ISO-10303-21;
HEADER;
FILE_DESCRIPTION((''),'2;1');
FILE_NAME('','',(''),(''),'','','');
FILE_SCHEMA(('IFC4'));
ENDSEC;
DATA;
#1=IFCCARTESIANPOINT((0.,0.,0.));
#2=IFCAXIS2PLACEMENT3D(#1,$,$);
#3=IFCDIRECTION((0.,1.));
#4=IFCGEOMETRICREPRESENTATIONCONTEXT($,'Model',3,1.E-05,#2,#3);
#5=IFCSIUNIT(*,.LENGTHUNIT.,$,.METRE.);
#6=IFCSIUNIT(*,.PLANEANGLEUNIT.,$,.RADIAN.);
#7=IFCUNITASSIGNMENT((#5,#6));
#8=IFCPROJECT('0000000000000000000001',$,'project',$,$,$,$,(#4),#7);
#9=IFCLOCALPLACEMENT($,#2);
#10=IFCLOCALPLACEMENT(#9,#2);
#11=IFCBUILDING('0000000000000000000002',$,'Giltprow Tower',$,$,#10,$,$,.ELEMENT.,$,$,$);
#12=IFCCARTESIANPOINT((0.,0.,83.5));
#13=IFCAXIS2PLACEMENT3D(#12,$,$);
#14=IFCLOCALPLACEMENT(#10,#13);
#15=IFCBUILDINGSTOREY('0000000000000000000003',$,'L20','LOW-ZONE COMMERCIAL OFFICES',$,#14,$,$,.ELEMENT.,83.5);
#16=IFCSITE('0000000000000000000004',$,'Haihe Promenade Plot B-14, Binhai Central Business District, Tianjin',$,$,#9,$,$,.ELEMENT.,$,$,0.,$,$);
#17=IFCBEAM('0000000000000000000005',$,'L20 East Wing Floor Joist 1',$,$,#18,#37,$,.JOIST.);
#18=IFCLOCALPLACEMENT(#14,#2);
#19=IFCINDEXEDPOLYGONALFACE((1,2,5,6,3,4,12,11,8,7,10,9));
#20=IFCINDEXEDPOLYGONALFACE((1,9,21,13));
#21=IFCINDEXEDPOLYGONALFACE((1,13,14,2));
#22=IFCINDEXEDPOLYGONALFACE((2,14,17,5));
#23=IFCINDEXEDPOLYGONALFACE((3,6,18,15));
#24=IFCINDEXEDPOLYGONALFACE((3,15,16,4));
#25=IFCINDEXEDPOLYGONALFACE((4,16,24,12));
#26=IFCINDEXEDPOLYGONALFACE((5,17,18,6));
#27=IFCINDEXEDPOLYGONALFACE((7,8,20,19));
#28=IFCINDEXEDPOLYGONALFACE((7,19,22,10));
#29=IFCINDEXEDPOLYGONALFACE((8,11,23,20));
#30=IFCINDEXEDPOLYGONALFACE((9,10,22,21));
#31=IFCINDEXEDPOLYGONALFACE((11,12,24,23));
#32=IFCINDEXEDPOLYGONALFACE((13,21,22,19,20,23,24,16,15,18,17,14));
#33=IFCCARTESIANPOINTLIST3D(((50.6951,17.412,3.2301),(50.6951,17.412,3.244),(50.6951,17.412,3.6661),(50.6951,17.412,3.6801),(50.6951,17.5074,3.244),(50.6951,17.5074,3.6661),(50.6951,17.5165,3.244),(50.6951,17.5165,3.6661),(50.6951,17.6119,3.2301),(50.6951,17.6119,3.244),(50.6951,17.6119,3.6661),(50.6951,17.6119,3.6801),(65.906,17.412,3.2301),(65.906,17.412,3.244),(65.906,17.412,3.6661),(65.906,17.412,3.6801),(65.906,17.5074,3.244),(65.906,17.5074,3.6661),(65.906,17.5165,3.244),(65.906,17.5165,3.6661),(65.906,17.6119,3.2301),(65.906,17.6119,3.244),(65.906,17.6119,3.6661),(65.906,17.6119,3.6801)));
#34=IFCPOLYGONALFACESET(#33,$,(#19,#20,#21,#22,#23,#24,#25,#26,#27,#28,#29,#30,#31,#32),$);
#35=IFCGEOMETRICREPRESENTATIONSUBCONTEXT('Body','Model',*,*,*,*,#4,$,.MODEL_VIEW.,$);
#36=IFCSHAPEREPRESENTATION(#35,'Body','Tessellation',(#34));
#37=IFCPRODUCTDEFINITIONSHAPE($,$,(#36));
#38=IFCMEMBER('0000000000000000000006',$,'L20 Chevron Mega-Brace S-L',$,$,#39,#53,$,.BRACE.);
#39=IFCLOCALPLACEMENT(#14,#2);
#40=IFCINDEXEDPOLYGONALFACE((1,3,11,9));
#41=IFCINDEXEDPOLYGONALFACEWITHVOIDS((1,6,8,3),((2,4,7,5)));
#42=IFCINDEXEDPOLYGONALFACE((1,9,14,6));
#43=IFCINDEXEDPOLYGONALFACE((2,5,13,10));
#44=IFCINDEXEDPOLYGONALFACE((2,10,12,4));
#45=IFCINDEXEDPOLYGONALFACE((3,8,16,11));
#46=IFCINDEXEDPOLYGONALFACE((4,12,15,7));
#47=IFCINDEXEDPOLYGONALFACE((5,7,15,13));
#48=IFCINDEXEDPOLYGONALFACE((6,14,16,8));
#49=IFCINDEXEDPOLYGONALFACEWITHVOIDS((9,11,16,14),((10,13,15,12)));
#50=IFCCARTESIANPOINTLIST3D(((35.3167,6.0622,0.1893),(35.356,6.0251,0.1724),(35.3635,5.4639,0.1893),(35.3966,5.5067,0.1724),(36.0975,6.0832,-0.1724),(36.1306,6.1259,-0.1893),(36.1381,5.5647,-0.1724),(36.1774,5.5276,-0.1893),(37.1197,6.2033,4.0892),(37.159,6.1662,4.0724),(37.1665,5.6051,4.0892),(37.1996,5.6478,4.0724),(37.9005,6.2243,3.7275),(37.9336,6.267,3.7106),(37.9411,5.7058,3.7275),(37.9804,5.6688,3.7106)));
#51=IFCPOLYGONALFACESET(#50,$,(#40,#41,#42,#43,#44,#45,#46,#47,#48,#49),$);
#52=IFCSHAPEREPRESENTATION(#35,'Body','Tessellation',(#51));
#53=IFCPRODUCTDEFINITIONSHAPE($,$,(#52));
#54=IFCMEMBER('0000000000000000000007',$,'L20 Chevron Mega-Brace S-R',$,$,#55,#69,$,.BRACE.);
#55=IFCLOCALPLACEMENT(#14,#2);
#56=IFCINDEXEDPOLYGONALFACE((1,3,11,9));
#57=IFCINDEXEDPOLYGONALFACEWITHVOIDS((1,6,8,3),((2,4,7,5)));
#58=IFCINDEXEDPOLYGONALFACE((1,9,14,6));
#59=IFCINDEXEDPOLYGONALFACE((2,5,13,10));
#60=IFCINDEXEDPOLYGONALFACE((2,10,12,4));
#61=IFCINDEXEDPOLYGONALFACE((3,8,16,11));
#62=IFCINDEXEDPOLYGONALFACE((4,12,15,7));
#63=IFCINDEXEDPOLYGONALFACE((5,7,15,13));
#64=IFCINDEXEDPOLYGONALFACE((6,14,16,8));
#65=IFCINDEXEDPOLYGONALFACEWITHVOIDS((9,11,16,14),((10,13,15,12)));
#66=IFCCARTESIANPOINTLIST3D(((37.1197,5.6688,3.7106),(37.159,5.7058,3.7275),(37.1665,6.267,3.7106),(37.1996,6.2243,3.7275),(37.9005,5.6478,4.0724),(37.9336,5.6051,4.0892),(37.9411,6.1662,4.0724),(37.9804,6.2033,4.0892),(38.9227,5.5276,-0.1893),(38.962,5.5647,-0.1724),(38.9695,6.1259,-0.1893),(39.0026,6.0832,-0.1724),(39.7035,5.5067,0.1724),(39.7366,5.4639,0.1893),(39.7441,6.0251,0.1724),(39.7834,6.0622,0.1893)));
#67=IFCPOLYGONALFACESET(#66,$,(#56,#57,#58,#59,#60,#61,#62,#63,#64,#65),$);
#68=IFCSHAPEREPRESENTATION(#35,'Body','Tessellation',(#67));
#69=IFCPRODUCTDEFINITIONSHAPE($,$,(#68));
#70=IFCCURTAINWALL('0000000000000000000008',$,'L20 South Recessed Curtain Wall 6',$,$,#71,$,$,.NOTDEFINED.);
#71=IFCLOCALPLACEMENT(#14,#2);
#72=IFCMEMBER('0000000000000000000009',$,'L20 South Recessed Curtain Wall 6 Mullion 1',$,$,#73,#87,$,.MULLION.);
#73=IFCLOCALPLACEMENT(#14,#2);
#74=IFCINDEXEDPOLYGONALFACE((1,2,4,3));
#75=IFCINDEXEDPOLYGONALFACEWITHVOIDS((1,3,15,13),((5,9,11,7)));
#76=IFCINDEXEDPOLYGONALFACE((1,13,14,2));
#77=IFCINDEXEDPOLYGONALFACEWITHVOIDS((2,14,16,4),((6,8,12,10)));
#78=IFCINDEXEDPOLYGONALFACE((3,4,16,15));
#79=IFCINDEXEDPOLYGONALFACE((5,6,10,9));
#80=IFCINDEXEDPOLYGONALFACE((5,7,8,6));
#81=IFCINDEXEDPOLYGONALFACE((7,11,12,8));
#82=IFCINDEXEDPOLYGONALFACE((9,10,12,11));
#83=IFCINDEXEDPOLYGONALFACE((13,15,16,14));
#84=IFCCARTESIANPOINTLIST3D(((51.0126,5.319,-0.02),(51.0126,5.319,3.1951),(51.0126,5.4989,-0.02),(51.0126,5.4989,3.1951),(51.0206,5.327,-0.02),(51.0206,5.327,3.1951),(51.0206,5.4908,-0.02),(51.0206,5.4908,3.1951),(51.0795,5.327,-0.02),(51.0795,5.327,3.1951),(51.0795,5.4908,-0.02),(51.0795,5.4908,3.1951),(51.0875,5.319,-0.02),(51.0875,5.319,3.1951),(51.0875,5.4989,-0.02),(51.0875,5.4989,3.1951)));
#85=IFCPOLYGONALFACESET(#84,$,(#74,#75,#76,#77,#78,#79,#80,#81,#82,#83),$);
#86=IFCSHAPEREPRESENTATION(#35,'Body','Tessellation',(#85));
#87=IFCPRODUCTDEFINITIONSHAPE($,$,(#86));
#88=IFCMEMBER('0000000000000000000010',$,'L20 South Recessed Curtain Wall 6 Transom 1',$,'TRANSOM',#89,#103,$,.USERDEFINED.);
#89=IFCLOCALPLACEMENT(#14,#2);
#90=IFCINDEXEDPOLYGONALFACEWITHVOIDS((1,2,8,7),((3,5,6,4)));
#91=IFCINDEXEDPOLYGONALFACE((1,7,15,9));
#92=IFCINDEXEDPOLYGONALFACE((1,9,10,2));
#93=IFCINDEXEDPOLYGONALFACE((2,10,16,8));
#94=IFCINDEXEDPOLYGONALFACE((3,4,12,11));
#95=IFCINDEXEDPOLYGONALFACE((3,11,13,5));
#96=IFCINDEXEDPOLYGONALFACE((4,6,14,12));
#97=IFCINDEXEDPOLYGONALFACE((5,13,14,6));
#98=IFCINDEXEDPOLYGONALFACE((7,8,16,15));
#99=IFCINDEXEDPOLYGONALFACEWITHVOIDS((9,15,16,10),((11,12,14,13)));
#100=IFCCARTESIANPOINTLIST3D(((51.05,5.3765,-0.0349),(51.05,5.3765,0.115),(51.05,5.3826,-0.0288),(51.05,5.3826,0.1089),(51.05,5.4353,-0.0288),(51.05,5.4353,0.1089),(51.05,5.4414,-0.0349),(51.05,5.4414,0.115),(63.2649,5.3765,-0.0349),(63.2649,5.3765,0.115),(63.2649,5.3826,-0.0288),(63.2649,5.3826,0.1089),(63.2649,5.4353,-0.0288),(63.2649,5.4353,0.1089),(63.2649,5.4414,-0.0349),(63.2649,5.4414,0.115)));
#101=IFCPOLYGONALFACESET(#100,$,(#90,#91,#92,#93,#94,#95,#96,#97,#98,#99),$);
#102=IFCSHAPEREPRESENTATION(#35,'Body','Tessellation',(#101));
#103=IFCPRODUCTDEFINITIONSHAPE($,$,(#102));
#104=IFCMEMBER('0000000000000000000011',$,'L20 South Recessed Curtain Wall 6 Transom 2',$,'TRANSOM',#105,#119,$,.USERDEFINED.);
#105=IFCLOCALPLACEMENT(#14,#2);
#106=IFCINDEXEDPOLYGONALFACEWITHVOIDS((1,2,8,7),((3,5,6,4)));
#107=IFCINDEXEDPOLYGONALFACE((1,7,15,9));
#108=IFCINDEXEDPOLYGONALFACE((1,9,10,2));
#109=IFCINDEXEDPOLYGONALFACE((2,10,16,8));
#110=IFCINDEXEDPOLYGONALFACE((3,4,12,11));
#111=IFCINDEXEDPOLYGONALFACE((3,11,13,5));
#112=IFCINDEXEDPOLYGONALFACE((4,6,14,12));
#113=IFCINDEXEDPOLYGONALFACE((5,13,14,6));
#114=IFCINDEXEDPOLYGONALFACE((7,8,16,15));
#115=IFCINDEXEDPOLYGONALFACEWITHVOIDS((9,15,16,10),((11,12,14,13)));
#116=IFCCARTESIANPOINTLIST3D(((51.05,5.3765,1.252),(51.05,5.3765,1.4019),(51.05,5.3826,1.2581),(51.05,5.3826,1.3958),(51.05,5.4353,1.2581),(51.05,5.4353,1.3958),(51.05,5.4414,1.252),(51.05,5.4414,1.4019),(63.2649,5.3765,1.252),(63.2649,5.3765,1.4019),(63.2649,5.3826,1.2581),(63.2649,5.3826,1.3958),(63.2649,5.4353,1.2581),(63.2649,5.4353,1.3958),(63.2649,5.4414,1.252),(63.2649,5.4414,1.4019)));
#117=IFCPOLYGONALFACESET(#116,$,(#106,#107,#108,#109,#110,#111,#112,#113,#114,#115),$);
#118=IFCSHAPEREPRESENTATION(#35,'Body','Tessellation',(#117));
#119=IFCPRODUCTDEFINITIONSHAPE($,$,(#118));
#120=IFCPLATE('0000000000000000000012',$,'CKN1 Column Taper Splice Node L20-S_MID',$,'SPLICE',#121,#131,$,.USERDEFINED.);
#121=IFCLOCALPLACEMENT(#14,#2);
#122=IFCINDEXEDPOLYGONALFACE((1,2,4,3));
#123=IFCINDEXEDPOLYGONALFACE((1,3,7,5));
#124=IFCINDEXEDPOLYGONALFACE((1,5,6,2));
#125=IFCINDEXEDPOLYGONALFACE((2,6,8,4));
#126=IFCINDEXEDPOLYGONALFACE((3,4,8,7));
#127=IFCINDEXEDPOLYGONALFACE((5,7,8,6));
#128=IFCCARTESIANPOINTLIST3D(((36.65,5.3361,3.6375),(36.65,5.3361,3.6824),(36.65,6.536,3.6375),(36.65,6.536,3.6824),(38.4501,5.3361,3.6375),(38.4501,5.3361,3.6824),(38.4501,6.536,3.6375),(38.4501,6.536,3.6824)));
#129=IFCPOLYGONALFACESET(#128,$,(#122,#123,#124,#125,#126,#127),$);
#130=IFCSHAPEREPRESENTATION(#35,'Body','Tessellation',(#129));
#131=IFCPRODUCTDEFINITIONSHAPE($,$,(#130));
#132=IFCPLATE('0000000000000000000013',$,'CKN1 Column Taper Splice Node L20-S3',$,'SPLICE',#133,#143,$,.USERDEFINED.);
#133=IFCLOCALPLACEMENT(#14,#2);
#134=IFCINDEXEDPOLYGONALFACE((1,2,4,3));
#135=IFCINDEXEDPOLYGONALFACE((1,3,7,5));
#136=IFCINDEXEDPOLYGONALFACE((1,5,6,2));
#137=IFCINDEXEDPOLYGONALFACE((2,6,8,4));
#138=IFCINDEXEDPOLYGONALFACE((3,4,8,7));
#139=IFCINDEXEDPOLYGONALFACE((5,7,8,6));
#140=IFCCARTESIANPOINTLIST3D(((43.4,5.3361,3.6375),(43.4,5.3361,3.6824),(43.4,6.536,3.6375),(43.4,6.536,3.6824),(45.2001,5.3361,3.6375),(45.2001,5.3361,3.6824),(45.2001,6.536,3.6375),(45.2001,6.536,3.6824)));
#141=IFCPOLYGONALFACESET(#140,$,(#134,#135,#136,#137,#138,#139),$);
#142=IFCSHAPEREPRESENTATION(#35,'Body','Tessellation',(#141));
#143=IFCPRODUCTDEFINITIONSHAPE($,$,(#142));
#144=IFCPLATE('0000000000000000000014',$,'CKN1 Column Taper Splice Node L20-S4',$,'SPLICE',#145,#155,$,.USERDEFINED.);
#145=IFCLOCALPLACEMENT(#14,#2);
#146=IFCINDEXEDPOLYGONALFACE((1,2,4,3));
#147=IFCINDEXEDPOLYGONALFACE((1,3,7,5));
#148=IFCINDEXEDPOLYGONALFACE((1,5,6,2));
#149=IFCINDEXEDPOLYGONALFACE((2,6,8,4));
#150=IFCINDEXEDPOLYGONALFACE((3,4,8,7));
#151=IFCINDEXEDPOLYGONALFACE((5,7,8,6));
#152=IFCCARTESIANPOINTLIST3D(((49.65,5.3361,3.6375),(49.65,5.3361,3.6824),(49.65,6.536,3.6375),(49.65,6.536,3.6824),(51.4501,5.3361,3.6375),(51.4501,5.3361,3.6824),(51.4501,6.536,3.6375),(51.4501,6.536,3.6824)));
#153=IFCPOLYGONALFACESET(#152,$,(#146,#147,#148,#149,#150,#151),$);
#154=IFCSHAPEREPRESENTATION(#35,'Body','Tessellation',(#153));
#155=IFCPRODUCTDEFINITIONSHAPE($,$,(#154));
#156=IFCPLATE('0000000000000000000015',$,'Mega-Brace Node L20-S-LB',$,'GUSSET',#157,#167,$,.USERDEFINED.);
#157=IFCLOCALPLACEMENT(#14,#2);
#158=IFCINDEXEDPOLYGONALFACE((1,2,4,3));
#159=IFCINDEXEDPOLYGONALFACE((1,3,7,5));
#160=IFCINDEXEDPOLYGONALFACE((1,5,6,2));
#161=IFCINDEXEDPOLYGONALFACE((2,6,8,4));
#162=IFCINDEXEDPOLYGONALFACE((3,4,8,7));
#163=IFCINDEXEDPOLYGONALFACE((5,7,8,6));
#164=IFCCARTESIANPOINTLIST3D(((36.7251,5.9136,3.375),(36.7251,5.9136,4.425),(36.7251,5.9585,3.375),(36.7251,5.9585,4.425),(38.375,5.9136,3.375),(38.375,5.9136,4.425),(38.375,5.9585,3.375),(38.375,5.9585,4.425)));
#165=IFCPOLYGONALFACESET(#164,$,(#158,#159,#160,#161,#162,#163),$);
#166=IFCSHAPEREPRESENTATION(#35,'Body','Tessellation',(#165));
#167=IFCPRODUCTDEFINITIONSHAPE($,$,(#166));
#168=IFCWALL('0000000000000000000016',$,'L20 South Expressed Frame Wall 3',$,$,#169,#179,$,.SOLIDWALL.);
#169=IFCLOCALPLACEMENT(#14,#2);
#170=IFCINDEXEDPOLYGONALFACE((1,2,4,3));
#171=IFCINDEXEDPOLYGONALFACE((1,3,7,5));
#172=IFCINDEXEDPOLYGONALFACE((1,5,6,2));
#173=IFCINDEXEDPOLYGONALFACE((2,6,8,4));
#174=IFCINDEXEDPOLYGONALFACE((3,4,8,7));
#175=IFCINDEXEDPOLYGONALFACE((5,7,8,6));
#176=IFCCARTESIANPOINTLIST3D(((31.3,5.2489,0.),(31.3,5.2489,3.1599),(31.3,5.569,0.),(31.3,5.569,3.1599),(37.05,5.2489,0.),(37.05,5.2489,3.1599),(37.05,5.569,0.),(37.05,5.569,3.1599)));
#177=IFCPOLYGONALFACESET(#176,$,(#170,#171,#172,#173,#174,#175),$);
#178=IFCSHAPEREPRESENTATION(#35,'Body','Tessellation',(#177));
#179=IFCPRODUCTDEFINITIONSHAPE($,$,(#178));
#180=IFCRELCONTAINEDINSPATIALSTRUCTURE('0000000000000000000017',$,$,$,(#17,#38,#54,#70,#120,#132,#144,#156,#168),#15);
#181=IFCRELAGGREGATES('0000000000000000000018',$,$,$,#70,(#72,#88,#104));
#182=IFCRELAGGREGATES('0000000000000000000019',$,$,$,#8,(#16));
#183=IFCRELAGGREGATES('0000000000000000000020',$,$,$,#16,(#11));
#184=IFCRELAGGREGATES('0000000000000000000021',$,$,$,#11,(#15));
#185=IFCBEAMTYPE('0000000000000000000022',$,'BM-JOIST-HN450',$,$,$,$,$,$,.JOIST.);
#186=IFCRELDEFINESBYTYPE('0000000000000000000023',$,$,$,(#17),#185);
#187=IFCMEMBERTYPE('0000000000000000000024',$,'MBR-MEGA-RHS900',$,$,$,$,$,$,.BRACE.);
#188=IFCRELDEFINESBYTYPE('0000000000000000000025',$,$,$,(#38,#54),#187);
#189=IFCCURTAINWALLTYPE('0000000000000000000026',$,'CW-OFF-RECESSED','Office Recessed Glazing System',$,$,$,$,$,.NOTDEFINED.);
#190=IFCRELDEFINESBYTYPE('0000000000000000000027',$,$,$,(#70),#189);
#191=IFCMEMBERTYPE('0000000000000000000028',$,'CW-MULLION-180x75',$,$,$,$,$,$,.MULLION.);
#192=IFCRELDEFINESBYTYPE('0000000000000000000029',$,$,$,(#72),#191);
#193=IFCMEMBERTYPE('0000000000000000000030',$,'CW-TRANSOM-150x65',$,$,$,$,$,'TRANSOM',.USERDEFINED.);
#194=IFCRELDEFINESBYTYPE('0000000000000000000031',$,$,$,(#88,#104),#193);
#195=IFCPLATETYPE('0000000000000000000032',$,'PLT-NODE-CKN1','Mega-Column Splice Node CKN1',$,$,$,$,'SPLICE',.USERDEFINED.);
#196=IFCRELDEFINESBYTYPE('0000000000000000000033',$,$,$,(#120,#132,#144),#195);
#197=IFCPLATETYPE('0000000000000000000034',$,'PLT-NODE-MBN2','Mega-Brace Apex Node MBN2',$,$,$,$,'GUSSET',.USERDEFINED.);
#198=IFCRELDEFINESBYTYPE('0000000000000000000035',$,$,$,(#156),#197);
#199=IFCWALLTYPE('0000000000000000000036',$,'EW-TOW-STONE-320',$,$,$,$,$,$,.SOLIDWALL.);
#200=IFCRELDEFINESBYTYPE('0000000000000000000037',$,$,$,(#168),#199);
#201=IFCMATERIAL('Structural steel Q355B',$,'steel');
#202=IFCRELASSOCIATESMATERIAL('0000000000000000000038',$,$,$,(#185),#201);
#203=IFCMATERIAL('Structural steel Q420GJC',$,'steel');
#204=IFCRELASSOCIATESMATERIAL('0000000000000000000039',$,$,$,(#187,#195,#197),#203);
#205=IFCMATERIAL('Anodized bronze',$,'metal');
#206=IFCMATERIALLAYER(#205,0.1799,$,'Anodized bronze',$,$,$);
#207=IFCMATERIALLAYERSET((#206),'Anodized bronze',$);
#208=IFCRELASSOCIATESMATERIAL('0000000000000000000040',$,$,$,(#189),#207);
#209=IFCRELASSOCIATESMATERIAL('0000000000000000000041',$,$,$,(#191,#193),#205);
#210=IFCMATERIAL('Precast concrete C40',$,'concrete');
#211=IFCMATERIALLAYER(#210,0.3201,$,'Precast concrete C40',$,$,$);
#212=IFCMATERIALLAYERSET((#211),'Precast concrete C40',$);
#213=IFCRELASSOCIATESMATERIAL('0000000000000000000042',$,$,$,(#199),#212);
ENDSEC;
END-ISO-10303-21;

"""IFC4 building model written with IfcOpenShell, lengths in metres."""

from ifc_helpers import new_model, si_unit, direction, frame, frame_2d, origin, origin_2d, place, context, subcontext, project, spatial, rectangle, hollow_rectangle, i_section, extrude, source, transform, mapped, material, layer, layer_set, material_profile, profile_set, type_object, element, aggregate, save


model = new_model("IFC4")

# Units and contexts
model_context = context("Model", 3, precision=1e-05, world=origin(), true_north=direction((0.0, 1.0)))
body_context = subcontext(model_context, "Body", "Model", "MODEL_VIEW")
ifc_project = project(units=[si_unit("LENGTHUNIT", "METRE"), si_unit("PLANEANGLEUNIT", "RADIAN")], contexts=[model_context])

# Site, building, storey
site_placement = place(None, origin())
site = spatial("IfcSite", under=ifc_project, at=site_placement, Name="Haihe Promenade Plot B-14, Binhai Central Business District, Tianjin", CompositionType="ELEMENT", RefElevation=0.0)
building_placement = place(site_placement, origin())
building = spatial("IfcBuilding", under=site, at=building_placement, Name="Giltprow Tower", CompositionType="ELEMENT")
storey_placement = place(building_placement, frame((0.0, 0.0, 83.5)))
storey = spatial("IfcBuildingStorey", under=building, at=storey_placement, Name="L20", Description="LOW-ZONE COMMERCIAL OFFICES", CompositionType="ELEMENT", Elevation=83.5)

# Shared definitions
ifc_material_1 = material(Name="Structural steel Q420GJC", Category="steel")

# Beam
ifc_material_2 = material(Name="Structural steel Q355B", Category="steel")
ifc_material_profile_1 = material_profile(ifc_material_2, i_section(OverallWidth=0.2, OverallDepth=0.45, WebThickness=0.009, FlangeThickness=0.0139, at=origin_2d()), Name="HN 450x200x9x14")
ifc_profile_set_1 = profile_set([ifc_material_profile_1], Name="Structural steel Q355B")
beam_type_1 = type_object("IfcBeamType", Name="BM-JOIST-HN450", PredefinedType="JOIST", material=ifc_profile_set_1)
shared_shape_1 = source(origin(), body_context, "Body", "SweptSolid", [
    extrude(i_section(OverallWidth=0.2, OverallDepth=0.45, WebThickness=0.009, FlangeThickness=0.0139, at=origin_2d()), origin(), (0.0, 0.0, 1.0), 15.2109),
])
beam_1_placement = place(storey_placement, frame((50.6951, 17.512, 3.4551), z_axis=(1.0, 0.0, 0.0), x_axis=(0.0, 1.0, 0.0)))
element("IfcBeam", 1, at=beam_1_placement, inside=storey, type_object=beam_type_1, Name="L20 East Wing Floor Joist 1", PredefinedType="JOIST", context=body_context, shape_type="MappedRepresentation", body=[
    mapped(shared_shape_1, transform((0.0, 0.0, 0.0), x_axis=(1.0, 0.0, 0.0), y_axis=(0.0, 1.0, 0.0), z_axis=(0.0, 0.0, 1.0), scale=1.0)),
])

# Members
ifc_material_profile_2 = material_profile(ifc_material_1, hollow_rectangle(XDim=0.6001, YDim=0.8999, WallThickness=0.04, at=origin_2d()), Name="RHS 900x600x40")
ifc_profile_set_2 = profile_set([ifc_material_profile_2], Name="Structural steel Q420GJC")
member_type_1 = type_object("IfcMemberType", Name="MBR-MEGA-RHS900", PredefinedType="BRACE", material=ifc_profile_set_2)
shared_shape_2 = source(origin(), body_context, "Body", "SweptSolid", [
    extrude(hollow_rectangle(XDim=0.6001, YDim=0.8999, WallThickness=0.04, at=origin_2d()), origin(), (0.0, 0.0, 1.0), 4.2988),
])
for number, where, z_axis, x_axis, name in (
    (2, (35.7471, 5.7949, 0.0), (0.419412, 0.032826, 0.907202), (-0.078028, 0.996951, 0.0), "L20 Chevron Mega-Brace S-L"),
    (3, (39.353, 5.7949, 0.0), (-0.419412, 0.032826, 0.907202), (-0.078028, -0.996951, 0.0), "L20 Chevron Mega-Brace S-R"),
):
    element("IfcMember", number, at=place(storey_placement, frame(where, z_axis=z_axis, x_axis=x_axis)), inside=storey, type_object=member_type_1, Name=name, PredefinedType="BRACE", context=body_context, shape_type="MappedRepresentation", body=[
        mapped(shared_shape_2, transform((0.0, 0.0, 0.0), x_axis=(1.0, 0.0, 0.0), y_axis=(0.0, 1.0, 0.0), z_axis=(0.0, 0.0, 1.0), scale=1.0)),
    ])

# Curtain wall, members
ifc_material_3 = material(Name="Anodized bronze", Category="metal")
ifc_layer_1 = layer(ifc_material_3, 0.1799, Name="Anodized bronze")
ifc_layer_set_1 = layer_set([ifc_layer_1], Name="Anodized bronze")
curtain_wall_type = type_object("IfcCurtainWallType", Name="CW-OFF-RECESSED", Description="Office Recessed Glazing System", PredefinedType="NOTDEFINED", material=ifc_layer_set_1)
curtain_wall_placement = place(storey_placement, origin())
curtain_wall = element("IfcCurtainWall", 4, at=curtain_wall_placement, inside=storey, type_object=curtain_wall_type, Name="L20 South Recessed Curtain Wall 6", PredefinedType="NOTDEFINED")
ifc_material_profile_3 = material_profile(ifc_material_3, hollow_rectangle(XDim=0.075, YDim=0.1799, WallThickness=0.0081, at=origin_2d()), Name="RHS 180x75x8")
ifc_profile_set_3 = profile_set([ifc_material_profile_3], Name="Anodized bronze")
member_type_2 = type_object("IfcMemberType", Name="CW-MULLION-180x75", PredefinedType="MULLION", material=ifc_profile_set_3)
shared_shape_3 = source(origin(), body_context, "Body", "SweptSolid", [
    extrude(hollow_rectangle(XDim=0.075, YDim=0.1799, WallThickness=0.0081, at=origin_2d()), origin(), (0.0, 0.0, 1.0), 3.2151),
])
member_1_placement = place(storey_placement, frame((51.05, 5.4089, -0.02), z_axis=(0.0, 0.0, 1.0), x_axis=(1.0, 0.0, 0.0)))
member_1 = element("IfcMember", 5, at=member_1_placement, type_object=member_type_2, Name="L20 South Recessed Curtain Wall 6 Mullion 1", PredefinedType="MULLION", context=body_context, shape_type="MappedRepresentation", body=[
    mapped(shared_shape_3, transform((0.0, 0.0, 0.0), x_axis=(1.0, 0.0, 0.0), y_axis=(0.0, 1.0, 0.0), z_axis=(0.0, 0.0, 1.0), scale=1.0)),
])
ifc_material_profile_4 = material_profile(ifc_material_3, hollow_rectangle(XDim=0.0649, YDim=0.1499, WallThickness=0.0061, at=origin_2d()), Name="RHS 150x65x6")
ifc_profile_set_4 = profile_set([ifc_material_profile_4], Name="Anodized bronze")
member_type_3 = type_object("IfcMemberType", Name="CW-TRANSOM-150x65", ElementType="TRANSOM", PredefinedType="USERDEFINED", material=ifc_profile_set_4)
shared_shape_4 = source(origin(), body_context, "Body", "SweptSolid", [
    extrude(hollow_rectangle(XDim=0.0649, YDim=0.1499, WallThickness=0.0061, at=origin_2d()), origin(), (0.0, 0.0, 1.0), 12.2148),
])
member_2_placement = place(storey_placement, frame((51.05, 5.4089, 0.04), z_axis=(1.0, 0.0, 0.0), x_axis=(0.0, 1.0, 0.0)))
member_2 = element("IfcMember", 6, at=member_2_placement, type_object=member_type_3, Name="L20 South Recessed Curtain Wall 6 Transom 1", ObjectType="TRANSOM", PredefinedType="USERDEFINED", context=body_context, shape_type="MappedRepresentation", body=[
    mapped(shared_shape_4, transform((0.0, 0.0, 0.0), x_axis=(1.0, 0.0, 0.0), y_axis=(0.0, 1.0, 0.0), z_axis=(0.0, 0.0, 1.0), scale=1.0)),
])
member_3_placement = place(storey_placement, frame((51.05, 5.4089, 1.3269), z_axis=(1.0, 0.0, 0.0), x_axis=(0.0, 1.0, 0.0)))
member_3 = element("IfcMember", 7, at=member_3_placement, type_object=member_type_3, Name="L20 South Recessed Curtain Wall 6 Transom 2", ObjectType="TRANSOM", PredefinedType="USERDEFINED", context=body_context, shape_type="MappedRepresentation", body=[
    mapped(shared_shape_4, transform((0.0, 0.0, 0.0), x_axis=(1.0, 0.0, 0.0), y_axis=(0.0, 1.0, 0.0), z_axis=(0.0, 0.0, 1.0), scale=1.0)),
])
aggregate(curtain_wall, [member_1, member_2, member_3])

# Plates
plate_type_1 = type_object("IfcPlateType", Name="PLT-NODE-CKN1", Description="Mega-Column Splice Node CKN1", ElementType="SPLICE", PredefinedType="USERDEFINED", material=ifc_material_1)
shared_shape_5 = source(origin(), body_context, "Body", "SweptSolid", [
    extrude(rectangle(XDim=1.8, YDim=1.2, at=origin_2d()), origin(), (0.0, 0.0, 1.0), 0.0449),
])
for number, where, z_axis, x_axis, name in (
    (8, (37.55, 5.936, 3.6375), (0.0, 0.0, 1.0), (1.0, 0.0, 0.0), "CKN1 Column Taper Splice Node L20-S_MID"),
    (9, (44.3, 5.936, 3.6375), (0.0, 0.0, 1.0), (1.0, 0.0, 0.0), "CKN1 Column Taper Splice Node L20-S3"),
    (10, (50.55, 5.936, 3.6375), (0.0, 0.0, 1.0), (1.0, 0.0, 0.0), "CKN1 Column Taper Splice Node L20-S4"),
):
    element("IfcPlate", number, at=place(storey_placement, frame(where, z_axis=z_axis, x_axis=x_axis)), inside=storey, type_object=plate_type_1, Name=name, ObjectType="SPLICE", PredefinedType="USERDEFINED", context=body_context, shape_type="MappedRepresentation", body=[
        mapped(shared_shape_5, transform((0.0, 0.0, 0.0), x_axis=(1.0, 0.0, 0.0), y_axis=(0.0, 1.0, 0.0), z_axis=(0.0, 0.0, 1.0), scale=1.0)),
    ])
plate_type_2 = type_object("IfcPlateType", Name="PLT-NODE-MBN2", Description="Mega-Brace Apex Node MBN2", ElementType="GUSSET", PredefinedType="USERDEFINED", material=ifc_material_1)
shared_shape_6 = source(origin(), body_context, "Body", "SweptSolid", [
    extrude(rectangle(XDim=1.6499, YDim=0.0449, at=origin_2d()), origin(), (0.0, 0.0, 1.0), 1.05),
])
plate_placement = place(storey_placement, frame((37.55, 5.936, 3.375), z_axis=(0.0, 0.0, 1.0), x_axis=(1.0, 0.0, 0.0)))
element("IfcPlate", 11, at=plate_placement, inside=storey, type_object=plate_type_2, Name="Mega-Brace Node L20-S-LB", ObjectType="GUSSET", PredefinedType="USERDEFINED", context=body_context, shape_type="MappedRepresentation", body=[
    mapped(shared_shape_6, transform((0.0, 0.0, 0.0), x_axis=(1.0, 0.0, 0.0), y_axis=(0.0, 1.0, 0.0), z_axis=(0.0, 0.0, 1.0), scale=1.0)),
])

# Wall
ifc_material_4 = material(Name="Precast concrete C40", Category="concrete")
ifc_layer_2 = layer(ifc_material_4, 0.3201, Name="Precast concrete C40")
ifc_layer_set_2 = layer_set([ifc_layer_2], Name="Precast concrete C40")
wall_type_1 = type_object("IfcWallType", Name="EW-TOW-STONE-320", PredefinedType="SOLIDWALL", material=ifc_layer_set_2)
for number, where, z_axis, x_axis, name in (
    (12, (31.3, 5.4089, 0.0), (0.0, 0.0, 1.0), (1.0, 0.0, 0.0), "L20 South Expressed Frame Wall 3"),
):
    element("IfcWall", number, at=place(storey_placement, frame(where, z_axis=z_axis, x_axis=x_axis)), inside=storey, type_object=wall_type_1, Name=name, PredefinedType="SOLIDWALL", context=body_context, shape_type="SweptSolid", body=[
        extrude(rectangle(XDim=5.75, YDim=0.3201, at=frame_2d((2.875, 0.0))), origin(), (0.0, 0.0, 1.0), 3.1599),
    ])

save(model, "model.ifc")
